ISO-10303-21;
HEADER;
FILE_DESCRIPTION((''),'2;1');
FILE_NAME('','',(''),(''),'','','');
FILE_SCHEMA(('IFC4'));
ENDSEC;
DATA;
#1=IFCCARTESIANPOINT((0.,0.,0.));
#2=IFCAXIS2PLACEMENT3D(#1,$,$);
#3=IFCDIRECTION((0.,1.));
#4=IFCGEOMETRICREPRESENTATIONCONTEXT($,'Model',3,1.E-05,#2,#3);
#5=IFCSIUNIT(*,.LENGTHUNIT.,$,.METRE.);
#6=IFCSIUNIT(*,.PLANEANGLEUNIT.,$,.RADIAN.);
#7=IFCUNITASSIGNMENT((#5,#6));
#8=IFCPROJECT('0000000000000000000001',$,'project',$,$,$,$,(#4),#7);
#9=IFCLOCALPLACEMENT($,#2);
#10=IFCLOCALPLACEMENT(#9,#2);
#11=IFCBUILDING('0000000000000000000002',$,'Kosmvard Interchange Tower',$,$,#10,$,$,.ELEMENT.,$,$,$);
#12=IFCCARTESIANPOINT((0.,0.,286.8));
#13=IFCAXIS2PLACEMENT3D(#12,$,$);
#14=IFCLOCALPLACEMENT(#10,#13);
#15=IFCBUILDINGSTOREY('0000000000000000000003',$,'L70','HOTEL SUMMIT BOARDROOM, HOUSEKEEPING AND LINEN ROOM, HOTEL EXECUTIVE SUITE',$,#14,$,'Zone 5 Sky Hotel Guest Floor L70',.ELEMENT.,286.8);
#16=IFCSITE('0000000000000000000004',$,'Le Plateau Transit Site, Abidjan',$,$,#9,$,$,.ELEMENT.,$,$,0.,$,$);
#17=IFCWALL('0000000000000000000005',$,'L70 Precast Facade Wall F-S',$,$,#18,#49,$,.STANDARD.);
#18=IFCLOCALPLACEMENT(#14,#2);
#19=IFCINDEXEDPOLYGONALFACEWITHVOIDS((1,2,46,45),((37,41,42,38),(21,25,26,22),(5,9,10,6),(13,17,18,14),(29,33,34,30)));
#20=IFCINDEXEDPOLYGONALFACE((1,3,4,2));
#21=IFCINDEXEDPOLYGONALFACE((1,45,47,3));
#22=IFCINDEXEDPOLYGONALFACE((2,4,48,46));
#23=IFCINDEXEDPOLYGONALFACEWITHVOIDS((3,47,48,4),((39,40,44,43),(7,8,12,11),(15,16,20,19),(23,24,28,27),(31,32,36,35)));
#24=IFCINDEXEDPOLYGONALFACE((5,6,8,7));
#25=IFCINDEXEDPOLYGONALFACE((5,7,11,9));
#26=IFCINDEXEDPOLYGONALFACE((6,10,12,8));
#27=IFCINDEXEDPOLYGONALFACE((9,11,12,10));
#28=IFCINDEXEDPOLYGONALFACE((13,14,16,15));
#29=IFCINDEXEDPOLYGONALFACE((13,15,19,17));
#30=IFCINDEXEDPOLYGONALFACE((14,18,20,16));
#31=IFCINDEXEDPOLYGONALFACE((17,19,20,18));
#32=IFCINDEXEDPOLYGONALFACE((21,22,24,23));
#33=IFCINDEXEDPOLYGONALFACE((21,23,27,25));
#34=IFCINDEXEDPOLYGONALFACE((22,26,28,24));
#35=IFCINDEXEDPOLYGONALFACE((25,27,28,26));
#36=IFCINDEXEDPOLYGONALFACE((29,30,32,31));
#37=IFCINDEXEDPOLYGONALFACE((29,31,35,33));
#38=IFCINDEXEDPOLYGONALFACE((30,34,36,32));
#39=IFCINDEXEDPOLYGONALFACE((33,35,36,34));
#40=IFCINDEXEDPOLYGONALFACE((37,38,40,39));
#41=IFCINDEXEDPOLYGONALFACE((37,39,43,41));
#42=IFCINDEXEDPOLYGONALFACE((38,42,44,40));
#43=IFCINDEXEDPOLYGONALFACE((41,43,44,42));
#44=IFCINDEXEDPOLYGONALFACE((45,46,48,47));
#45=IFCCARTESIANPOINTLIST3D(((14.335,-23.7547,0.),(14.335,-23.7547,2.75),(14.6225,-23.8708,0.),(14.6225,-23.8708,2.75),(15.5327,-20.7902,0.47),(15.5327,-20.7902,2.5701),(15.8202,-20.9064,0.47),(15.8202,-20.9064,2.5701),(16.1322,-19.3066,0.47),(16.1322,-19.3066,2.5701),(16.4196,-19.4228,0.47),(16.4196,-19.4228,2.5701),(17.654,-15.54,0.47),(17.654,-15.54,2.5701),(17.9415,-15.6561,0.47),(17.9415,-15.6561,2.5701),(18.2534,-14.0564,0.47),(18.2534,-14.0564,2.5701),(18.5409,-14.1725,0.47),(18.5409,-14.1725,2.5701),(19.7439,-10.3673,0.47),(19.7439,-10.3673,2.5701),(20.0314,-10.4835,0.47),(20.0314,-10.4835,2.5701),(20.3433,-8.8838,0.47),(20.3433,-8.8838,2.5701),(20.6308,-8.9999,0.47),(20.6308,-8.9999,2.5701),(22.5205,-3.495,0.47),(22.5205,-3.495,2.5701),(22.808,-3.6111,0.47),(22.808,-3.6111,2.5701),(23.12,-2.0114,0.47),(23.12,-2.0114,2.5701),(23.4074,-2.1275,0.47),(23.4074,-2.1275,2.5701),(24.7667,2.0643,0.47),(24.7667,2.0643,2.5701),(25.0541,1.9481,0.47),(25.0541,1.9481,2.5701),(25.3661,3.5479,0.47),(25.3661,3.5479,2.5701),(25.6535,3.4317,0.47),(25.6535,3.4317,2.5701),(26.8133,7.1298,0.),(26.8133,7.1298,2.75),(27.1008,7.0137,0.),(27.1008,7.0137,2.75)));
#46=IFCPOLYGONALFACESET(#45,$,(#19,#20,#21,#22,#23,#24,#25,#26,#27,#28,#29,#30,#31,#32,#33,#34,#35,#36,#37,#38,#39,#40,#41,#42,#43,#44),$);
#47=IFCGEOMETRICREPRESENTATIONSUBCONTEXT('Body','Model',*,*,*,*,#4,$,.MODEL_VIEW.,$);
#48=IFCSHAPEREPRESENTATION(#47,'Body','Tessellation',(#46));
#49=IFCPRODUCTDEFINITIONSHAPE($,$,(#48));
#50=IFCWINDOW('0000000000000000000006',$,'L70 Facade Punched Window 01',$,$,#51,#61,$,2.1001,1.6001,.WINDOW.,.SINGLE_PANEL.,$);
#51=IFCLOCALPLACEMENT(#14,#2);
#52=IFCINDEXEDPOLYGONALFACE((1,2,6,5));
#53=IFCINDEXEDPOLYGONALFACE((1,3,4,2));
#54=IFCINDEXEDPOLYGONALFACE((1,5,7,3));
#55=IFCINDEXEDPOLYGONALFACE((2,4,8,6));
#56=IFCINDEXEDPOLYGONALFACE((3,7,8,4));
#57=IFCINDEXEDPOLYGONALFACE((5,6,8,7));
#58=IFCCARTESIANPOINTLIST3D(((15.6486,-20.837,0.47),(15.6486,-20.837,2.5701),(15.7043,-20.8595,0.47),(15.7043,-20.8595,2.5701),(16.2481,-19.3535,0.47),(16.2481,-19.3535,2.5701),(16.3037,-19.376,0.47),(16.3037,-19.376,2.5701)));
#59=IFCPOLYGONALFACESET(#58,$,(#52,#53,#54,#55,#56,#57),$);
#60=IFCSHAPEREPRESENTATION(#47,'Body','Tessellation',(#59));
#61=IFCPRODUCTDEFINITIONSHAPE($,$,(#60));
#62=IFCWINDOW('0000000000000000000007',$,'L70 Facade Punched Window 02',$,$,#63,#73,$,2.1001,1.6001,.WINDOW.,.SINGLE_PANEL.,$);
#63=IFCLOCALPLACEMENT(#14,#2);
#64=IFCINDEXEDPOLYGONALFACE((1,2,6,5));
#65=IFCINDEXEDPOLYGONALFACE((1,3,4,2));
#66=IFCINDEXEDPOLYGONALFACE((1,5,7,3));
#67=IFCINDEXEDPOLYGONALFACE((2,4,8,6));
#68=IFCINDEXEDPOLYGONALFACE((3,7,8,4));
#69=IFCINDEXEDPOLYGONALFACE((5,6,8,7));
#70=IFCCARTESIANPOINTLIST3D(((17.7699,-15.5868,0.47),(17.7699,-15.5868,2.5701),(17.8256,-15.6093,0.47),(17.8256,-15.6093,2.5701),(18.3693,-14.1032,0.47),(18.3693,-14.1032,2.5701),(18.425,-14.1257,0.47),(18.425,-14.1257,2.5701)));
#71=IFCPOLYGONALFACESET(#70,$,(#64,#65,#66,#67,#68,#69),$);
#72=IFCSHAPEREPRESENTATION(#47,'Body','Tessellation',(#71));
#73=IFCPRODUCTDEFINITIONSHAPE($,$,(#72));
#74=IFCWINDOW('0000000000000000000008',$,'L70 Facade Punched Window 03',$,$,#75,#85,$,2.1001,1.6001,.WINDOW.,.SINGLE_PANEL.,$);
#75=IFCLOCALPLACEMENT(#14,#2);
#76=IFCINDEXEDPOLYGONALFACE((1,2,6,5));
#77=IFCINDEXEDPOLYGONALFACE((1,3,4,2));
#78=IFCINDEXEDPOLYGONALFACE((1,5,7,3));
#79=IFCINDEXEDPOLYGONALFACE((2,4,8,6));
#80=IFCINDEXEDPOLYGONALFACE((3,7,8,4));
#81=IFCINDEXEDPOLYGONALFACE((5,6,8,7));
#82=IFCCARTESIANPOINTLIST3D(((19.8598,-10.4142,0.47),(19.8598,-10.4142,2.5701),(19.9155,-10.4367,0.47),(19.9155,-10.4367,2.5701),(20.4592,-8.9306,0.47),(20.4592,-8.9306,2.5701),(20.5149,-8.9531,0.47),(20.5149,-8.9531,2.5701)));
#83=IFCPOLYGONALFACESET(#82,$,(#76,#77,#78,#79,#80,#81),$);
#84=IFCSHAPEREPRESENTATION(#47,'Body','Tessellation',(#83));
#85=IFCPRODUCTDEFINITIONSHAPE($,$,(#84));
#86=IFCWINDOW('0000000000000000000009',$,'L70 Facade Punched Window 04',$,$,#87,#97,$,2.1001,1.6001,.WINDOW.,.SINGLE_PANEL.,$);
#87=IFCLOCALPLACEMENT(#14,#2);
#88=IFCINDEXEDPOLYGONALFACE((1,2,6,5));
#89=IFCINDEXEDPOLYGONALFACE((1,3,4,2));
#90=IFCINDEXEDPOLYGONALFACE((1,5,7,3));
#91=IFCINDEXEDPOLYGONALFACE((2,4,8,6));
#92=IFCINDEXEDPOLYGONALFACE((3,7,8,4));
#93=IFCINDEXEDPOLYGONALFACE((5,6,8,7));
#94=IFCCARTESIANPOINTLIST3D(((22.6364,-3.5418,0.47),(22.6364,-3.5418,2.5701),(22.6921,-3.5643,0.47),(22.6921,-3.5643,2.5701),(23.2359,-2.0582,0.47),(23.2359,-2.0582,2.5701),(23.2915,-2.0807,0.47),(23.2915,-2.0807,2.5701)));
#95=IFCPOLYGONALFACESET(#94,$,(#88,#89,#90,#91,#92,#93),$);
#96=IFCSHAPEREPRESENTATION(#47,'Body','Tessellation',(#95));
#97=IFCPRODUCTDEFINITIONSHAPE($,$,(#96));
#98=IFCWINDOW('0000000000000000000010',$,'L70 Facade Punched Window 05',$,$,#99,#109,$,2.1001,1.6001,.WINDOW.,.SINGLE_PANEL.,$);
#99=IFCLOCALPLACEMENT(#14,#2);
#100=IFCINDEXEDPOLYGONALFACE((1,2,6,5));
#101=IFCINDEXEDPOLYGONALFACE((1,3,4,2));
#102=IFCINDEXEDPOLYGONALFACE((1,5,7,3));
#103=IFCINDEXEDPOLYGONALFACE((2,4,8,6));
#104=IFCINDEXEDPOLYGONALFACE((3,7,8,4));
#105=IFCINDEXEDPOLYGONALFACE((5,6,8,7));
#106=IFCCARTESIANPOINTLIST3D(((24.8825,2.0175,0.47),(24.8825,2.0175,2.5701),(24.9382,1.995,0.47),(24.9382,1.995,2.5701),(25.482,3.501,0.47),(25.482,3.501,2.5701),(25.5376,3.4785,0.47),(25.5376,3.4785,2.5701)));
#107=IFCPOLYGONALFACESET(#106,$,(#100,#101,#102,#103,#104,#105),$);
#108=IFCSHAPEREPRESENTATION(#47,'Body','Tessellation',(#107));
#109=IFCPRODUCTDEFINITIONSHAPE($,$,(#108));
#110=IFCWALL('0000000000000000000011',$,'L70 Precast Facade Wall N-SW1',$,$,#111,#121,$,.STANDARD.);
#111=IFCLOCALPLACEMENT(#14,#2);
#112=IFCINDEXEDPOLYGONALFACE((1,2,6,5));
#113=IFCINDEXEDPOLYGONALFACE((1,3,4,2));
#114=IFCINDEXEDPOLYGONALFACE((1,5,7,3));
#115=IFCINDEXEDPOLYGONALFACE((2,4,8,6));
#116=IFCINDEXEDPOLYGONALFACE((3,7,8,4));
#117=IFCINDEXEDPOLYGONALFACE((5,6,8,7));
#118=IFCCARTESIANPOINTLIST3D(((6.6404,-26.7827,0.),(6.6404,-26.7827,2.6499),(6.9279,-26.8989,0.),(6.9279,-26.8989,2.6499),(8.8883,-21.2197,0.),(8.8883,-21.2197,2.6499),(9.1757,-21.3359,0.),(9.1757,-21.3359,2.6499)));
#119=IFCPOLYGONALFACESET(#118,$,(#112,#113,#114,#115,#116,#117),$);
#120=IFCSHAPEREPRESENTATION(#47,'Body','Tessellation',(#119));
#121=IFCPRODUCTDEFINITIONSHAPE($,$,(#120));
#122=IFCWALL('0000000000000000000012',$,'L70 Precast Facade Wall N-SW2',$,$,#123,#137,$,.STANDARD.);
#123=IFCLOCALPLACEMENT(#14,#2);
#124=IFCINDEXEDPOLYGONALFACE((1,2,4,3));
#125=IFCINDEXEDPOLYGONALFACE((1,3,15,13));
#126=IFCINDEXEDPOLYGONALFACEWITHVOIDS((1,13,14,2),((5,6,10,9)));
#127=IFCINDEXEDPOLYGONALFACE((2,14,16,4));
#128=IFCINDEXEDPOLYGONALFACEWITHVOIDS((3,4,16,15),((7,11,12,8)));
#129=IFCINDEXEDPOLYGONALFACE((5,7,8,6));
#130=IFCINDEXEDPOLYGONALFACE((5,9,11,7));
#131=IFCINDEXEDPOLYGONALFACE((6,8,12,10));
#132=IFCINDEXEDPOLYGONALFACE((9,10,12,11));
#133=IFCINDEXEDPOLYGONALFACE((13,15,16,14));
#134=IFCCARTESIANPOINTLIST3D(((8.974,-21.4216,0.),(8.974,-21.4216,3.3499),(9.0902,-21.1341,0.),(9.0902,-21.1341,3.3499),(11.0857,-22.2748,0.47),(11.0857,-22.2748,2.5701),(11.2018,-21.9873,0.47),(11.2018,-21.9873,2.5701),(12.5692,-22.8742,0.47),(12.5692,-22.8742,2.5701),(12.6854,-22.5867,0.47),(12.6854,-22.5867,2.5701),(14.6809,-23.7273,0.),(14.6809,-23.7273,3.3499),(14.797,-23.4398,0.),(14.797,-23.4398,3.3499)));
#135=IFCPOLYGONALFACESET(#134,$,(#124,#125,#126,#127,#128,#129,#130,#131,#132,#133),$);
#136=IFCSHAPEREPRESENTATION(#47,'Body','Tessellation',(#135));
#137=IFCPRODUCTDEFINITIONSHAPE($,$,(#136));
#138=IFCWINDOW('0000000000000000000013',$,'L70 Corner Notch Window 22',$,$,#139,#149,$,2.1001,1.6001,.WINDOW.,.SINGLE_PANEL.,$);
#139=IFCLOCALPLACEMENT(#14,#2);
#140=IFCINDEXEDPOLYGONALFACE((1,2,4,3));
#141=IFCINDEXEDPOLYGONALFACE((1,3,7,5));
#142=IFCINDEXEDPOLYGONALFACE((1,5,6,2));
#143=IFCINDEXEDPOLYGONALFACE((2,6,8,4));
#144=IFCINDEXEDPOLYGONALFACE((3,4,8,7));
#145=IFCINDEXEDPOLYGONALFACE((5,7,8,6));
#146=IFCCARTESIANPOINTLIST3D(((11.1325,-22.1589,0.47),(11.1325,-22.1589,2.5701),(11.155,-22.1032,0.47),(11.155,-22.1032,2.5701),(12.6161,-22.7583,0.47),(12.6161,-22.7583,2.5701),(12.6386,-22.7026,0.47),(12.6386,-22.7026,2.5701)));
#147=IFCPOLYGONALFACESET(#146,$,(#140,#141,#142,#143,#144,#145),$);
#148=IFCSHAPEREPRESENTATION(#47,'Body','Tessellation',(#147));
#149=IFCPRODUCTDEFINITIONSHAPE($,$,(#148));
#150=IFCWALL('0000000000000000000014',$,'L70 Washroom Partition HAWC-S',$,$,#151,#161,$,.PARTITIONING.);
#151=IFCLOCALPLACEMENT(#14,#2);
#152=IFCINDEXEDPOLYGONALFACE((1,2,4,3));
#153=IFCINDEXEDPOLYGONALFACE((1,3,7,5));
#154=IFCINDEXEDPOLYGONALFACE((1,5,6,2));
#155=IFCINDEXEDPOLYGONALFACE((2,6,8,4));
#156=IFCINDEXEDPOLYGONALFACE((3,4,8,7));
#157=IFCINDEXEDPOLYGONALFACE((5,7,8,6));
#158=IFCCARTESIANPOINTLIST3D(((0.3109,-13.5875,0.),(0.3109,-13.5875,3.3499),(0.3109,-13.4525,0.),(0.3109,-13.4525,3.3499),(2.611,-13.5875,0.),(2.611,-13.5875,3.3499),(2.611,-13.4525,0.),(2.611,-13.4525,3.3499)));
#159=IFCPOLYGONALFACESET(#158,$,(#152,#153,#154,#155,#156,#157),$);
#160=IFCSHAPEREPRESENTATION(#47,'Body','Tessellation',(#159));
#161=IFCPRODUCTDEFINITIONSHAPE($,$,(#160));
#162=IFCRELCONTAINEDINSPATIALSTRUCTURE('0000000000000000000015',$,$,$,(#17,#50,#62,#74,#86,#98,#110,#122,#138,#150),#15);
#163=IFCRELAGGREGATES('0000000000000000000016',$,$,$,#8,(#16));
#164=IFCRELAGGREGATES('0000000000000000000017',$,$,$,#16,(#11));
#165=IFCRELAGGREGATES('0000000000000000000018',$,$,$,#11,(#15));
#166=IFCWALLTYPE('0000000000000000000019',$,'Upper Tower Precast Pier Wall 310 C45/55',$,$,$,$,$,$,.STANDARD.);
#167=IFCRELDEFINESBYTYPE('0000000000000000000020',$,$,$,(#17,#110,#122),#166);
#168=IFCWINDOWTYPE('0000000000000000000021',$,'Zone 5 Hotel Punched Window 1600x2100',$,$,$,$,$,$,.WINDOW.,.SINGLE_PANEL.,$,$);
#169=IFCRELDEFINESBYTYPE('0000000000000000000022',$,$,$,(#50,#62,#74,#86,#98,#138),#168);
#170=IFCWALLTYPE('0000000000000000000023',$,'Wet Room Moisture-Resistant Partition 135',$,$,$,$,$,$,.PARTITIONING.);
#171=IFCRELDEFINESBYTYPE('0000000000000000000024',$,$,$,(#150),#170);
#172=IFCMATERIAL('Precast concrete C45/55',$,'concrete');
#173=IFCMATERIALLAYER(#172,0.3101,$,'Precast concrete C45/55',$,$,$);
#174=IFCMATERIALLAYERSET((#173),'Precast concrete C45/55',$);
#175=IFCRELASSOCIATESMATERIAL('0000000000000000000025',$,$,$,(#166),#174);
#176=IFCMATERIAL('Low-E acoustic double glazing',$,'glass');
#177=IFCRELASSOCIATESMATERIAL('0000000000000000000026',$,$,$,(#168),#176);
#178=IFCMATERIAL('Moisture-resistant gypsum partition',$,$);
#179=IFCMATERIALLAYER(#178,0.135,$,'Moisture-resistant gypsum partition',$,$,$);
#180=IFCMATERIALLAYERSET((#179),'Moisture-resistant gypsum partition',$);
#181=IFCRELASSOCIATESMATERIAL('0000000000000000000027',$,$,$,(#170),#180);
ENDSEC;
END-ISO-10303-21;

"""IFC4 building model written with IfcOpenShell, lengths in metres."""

from ifc_helpers import new_model, si_unit, direction, frame, frame_2d, origin, place, context, subcontext, project, spatial, rectangle, extrude, source, transform, mapped, material, layer, layer_set, type_object, element, fill, save


model = new_model("IFC4")

# Units and contexts
model_context = context("Model", 3, precision=1e-05, world=origin(), true_north=direction((0.0, 1.0)))
body_context = subcontext(model_context, "Body", "Model", "MODEL_VIEW")
ifc_project = project(units=[si_unit("LENGTHUNIT", "METRE"), si_unit("PLANEANGLEUNIT", "RADIAN")], contexts=[model_context])

# Site, building, storey
site_placement = place(None, origin())
site = spatial("IfcSite", under=ifc_project, at=site_placement, Name="Le Plateau Transit Site, Abidjan", CompositionType="ELEMENT", RefElevation=0.0)
building_placement = place(site_placement, origin())
building = spatial("IfcBuilding", under=site, at=building_placement, Name="Kosmvard Interchange Tower", CompositionType="ELEMENT")
storey_placement = place(building_placement, frame((0.0, 0.0, 286.8)))
storey = spatial("IfcBuildingStorey", under=building, at=storey_placement, Name="L70", Description="HOTEL SUMMIT BOARDROOM, HOUSEKEEPING AND LINEN ROOM, HOTEL EXECUTIVE SUITE", LongName="Zone 5 Sky Hotel Guest Floor L70", CompositionType="ELEMENT", Elevation=286.8)

# Shared definitions
ifc_material_1 = material(Name="Precast concrete C45/55", Category="concrete")

# Wall, openings, windows
ifc_layer_1 = layer(ifc_material_1, 0.3101, Name="Precast concrete C45/55")
ifc_layer_set_1 = layer_set([ifc_layer_1], Name="Precast concrete C45/55")
wall_type_1 = type_object("IfcWallType", Name="Upper Tower Precast Pier Wall 310 C45/55", PredefinedType="STANDARD", material=ifc_layer_set_1)
wall_1_placement = place(storey_placement, frame((14.4788, -23.8127, 0.0), z_axis=(0.0, 0.0, 1.0), x_axis=(0.37461, 0.927183, 0.0)))
wall_1 = element("IfcWall", 1, at=wall_1_placement, inside=storey, type_object=wall_type_1, Name="L70 Precast Facade Wall F-S", PredefinedType="STANDARD", context=body_context, shape_type="SweptSolid", body=[
    extrude(rectangle(XDim=33.3101, YDim=0.3101, at=frame_2d((16.655, 0.0))), origin(), (0.0, 0.0, 1.0), 2.75),
])
opening_1_placement = place(wall_1_placement, frame((3.1973, 0.0, 0.47)))
opening_1 = element("IfcOpeningElement", 2, at=opening_1_placement, cuts=wall_1, PredefinedType="OPENING", context=body_context, shape_type="SweptSolid", body=[
    extrude(rectangle(XDim=1.6001, YDim=2.1001, at=frame_2d((0.8, 1.05))), frame((0.0, 0.165, 0.0), z_axis=(0.0, -1.0, 0.0), x_axis=(1.0, 0.0, 0.0)), (0.0, 0.0, 1.0), 0.3301),
])
opening_2_placement = place(wall_1_placement, frame((8.8599, 0.0, 0.47)))
opening_2 = element("IfcOpeningElement", 3, at=opening_2_placement, cuts=wall_1, PredefinedType="OPENING", context=body_context, shape_type="SweptSolid", body=[
    extrude(rectangle(XDim=1.6001, YDim=2.1001, at=frame_2d((0.8, 1.05))), frame((0.0, 0.165, 0.0), z_axis=(0.0, -1.0, 0.0), x_axis=(1.0, 0.0, 0.0)), (0.0, 0.0, 1.0), 0.3301),
])
opening_3_placement = place(wall_1_placement, frame((14.4387, 0.0, 0.47)))
opening_3 = element("IfcOpeningElement", 4, at=opening_3_placement, cuts=wall_1, PredefinedType="OPENING", context=body_context, shape_type="SweptSolid", body=[
    extrude(rectangle(XDim=1.6001, YDim=2.1001, at=frame_2d((0.8, 1.05))), frame((0.0, 0.165, 0.0), z_axis=(0.0, -1.0, 0.0), x_axis=(1.0, 0.0, 0.0)), (0.0, 0.0, 1.0), 0.3301),
])
opening_4_placement = place(wall_1_placement, frame((21.8508, 0.0, 0.47)))
opening_4 = element("IfcOpeningElement", 5, at=opening_4_placement, cuts=wall_1, PredefinedType="OPENING", context=body_context, shape_type="SweptSolid", body=[
    extrude(rectangle(XDim=1.6001, YDim=2.1001, at=frame_2d((0.8, 1.05))), frame((0.0, 0.165, 0.0), z_axis=(0.0, -1.0, 0.0), x_axis=(1.0, 0.0, 0.0)), (0.0, 0.0, 1.0), 0.3301),
])
opening_5_placement = place(wall_1_placement, frame((27.8467, 0.0, 0.47)))
opening_5 = element("IfcOpeningElement", 6, at=opening_5_placement, cuts=wall_1, PredefinedType="OPENING", context=body_context, shape_type="SweptSolid", body=[
    extrude(rectangle(XDim=1.6001, YDim=2.1001, at=frame_2d((0.8, 1.05))), frame((0.0, 0.165, 0.0), z_axis=(0.0, -1.0, 0.0), x_axis=(1.0, 0.0, 0.0)), (0.0, 0.0, 1.0), 0.3301),
])
ifc_material_2 = material(Name="Low-E acoustic double glazing", Category="glass")
window_type = type_object("IfcWindowType", Name="Zone 5 Hotel Punched Window 1600x2100", PartitioningType="SINGLE_PANEL", PredefinedType="WINDOW", material=ifc_material_2)
shared_shape_1 = source(origin(), body_context, "Body", "SweptSolid", [
    extrude(rectangle(XDim=1.6001, YDim=2.1001, at=frame_2d((0.8, 1.05))), frame((0.0, 0.03, 0.0), z_axis=(0.0, -1.0, 0.0), x_axis=(1.0, 0.0, 0.0)), (0.0, 0.0, 1.0), 0.0601),
])
window_1_placement = place(opening_1_placement, origin())
window_1 = element("IfcWindow", 7, at=window_1_placement, inside=storey, type_object=window_type, Name="L70 Facade Punched Window 01", OverallHeight=2.1001, OverallWidth=1.6001, PartitioningType="SINGLE_PANEL", PredefinedType="WINDOW", context=body_context, shape_type="MappedRepresentation", body=[
    mapped(shared_shape_1, transform((0.0, 0.0, 0.0), scale=1.0)),
])
fill(opening_1, window_1)
window_2_placement = place(opening_2_placement, origin())
window_2 = element("IfcWindow", 8, at=window_2_placement, inside=storey, type_object=window_type, Name="L70 Facade Punched Window 02", OverallHeight=2.1001, OverallWidth=1.6001, PartitioningType="SINGLE_PANEL", PredefinedType="WINDOW", context=body_context, shape_type="MappedRepresentation", body=[
    mapped(shared_shape_1, transform((0.0, 0.0, 0.0), scale=1.0)),
])
fill(opening_2, window_2)
window_3_placement = place(opening_3_placement, origin())
window_3 = element("IfcWindow", 9, at=window_3_placement, inside=storey, type_object=window_type, Name="L70 Facade Punched Window 03", OverallHeight=2.1001, OverallWidth=1.6001, PartitioningType="SINGLE_PANEL", PredefinedType="WINDOW", context=body_context, shape_type="MappedRepresentation", body=[
    mapped(shared_shape_1, transform((0.0, 0.0, 0.0), scale=1.0)),
])
fill(opening_3, window_3)
window_4_placement = place(opening_4_placement, origin())
window_4 = element("IfcWindow", 10, at=window_4_placement, inside=storey, type_object=window_type, Name="L70 Facade Punched Window 04", OverallHeight=2.1001, OverallWidth=1.6001, PartitioningType="SINGLE_PANEL", PredefinedType="WINDOW", context=body_context, shape_type="MappedRepresentation", body=[
    mapped(shared_shape_1, transform((0.0, 0.0, 0.0), scale=1.0)),
])
fill(opening_4, window_4)
window_5_placement = place(opening_5_placement, origin())
window_5 = element("IfcWindow", 11, at=window_5_placement, inside=storey, type_object=window_type, Name="L70 Facade Punched Window 05", OverallHeight=2.1001, OverallWidth=1.6001, PartitioningType="SINGLE_PANEL", PredefinedType="WINDOW", context=body_context, shape_type="MappedRepresentation", body=[
    mapped(shared_shape_1, transform((0.0, 0.0, 0.0), scale=1.0)),
])
fill(opening_5, window_5)

# Wall
wall_2_placement = place(storey_placement, frame((6.7842, -26.8408, 0.0), z_axis=(0.0, 0.0, 1.0), x_axis=(0.374637, 0.927172, 0.0)))
element("IfcWall", 12, at=wall_2_placement, inside=storey, type_object=wall_type_1, Name="L70 Precast Facade Wall N-SW1", PredefinedType="STANDARD", context=body_context, shape_type="SweptSolid", body=[
    extrude(rectangle(XDim=6.0, YDim=0.3101, at=frame_2d((3.0, 0.0))), origin(), (0.0, 0.0, 1.0), 2.6499),
])

# Wall, opening, window
wall_3_placement = place(storey_placement, frame((9.032, -21.2778, 0.0), z_axis=(0.0, 0.0, 1.0), x_axis=(0.927185, -0.374603, 0.0)))
wall_3 = element("IfcWall", 13, at=wall_3_placement, inside=storey, type_object=wall_type_1, Name="L70 Precast Facade Wall N-SW2", PredefinedType="STANDARD", context=body_context, shape_type="SweptSolid", body=[
    extrude(rectangle(XDim=6.155, YDim=0.3101, at=frame_2d((3.0776, 0.0))), origin(), (0.0, 0.0, 1.0), 3.3499),
])
opening_6_placement = place(wall_3_placement, frame((2.2776, 0.0, 0.47)))
opening_6 = element("IfcOpeningElement", 14, at=opening_6_placement, cuts=wall_3, PredefinedType="OPENING", context=body_context, shape_type="SweptSolid", body=[
    extrude(rectangle(XDim=1.6001, YDim=2.1001, at=frame_2d((0.8, 1.05))), frame((0.0, 0.165, 0.0), z_axis=(0.0, -1.0, 0.0), x_axis=(1.0, 0.0, 0.0)), (0.0, 0.0, 1.0), 0.3301),
])
window_6_placement = place(opening_6_placement, origin())
window_6 = element("IfcWindow", 15, at=window_6_placement, inside=storey, type_object=window_type, Name="L70 Corner Notch Window 22", OverallHeight=2.1001, OverallWidth=1.6001, PartitioningType="SINGLE_PANEL", PredefinedType="WINDOW", context=body_context, shape_type="MappedRepresentation", body=[
    mapped(shared_shape_1, transform((0.0, 0.0, 0.0), scale=1.0)),
])
fill(opening_6, window_6)

# Wall
ifc_material_3 = material(Name="Moisture-resistant gypsum partition")
ifc_layer_2 = layer(ifc_material_3, 0.135, Name="Moisture-resistant gypsum partition")
ifc_layer_set_2 = layer_set([ifc_layer_2], Name="Moisture-resistant gypsum partition")
wall_type_2 = type_object("IfcWallType", Name="Wet Room Moisture-Resistant Partition 135", PredefinedType="PARTITIONING", material=ifc_layer_set_2)
wall_4_placement = place(storey_placement, frame((0.311, -13.52, 0.0), z_axis=(0.0, 0.0, 1.0), x_axis=(1.0, 0.0, 0.0)))
element("IfcWall", 16, at=wall_4_placement, inside=storey, type_object=wall_type_2, Name="L70 Washroom Partition HAWC-S", PredefinedType="PARTITIONING", context=body_context, shape_type="SweptSolid", body=[
    extrude(rectangle(XDim=2.3, YDim=0.135, at=frame_2d((1.1499, 0.0))), origin(), (0.0, 0.0, 1.0), 3.3499),
])

save(model, "model.ifc")
